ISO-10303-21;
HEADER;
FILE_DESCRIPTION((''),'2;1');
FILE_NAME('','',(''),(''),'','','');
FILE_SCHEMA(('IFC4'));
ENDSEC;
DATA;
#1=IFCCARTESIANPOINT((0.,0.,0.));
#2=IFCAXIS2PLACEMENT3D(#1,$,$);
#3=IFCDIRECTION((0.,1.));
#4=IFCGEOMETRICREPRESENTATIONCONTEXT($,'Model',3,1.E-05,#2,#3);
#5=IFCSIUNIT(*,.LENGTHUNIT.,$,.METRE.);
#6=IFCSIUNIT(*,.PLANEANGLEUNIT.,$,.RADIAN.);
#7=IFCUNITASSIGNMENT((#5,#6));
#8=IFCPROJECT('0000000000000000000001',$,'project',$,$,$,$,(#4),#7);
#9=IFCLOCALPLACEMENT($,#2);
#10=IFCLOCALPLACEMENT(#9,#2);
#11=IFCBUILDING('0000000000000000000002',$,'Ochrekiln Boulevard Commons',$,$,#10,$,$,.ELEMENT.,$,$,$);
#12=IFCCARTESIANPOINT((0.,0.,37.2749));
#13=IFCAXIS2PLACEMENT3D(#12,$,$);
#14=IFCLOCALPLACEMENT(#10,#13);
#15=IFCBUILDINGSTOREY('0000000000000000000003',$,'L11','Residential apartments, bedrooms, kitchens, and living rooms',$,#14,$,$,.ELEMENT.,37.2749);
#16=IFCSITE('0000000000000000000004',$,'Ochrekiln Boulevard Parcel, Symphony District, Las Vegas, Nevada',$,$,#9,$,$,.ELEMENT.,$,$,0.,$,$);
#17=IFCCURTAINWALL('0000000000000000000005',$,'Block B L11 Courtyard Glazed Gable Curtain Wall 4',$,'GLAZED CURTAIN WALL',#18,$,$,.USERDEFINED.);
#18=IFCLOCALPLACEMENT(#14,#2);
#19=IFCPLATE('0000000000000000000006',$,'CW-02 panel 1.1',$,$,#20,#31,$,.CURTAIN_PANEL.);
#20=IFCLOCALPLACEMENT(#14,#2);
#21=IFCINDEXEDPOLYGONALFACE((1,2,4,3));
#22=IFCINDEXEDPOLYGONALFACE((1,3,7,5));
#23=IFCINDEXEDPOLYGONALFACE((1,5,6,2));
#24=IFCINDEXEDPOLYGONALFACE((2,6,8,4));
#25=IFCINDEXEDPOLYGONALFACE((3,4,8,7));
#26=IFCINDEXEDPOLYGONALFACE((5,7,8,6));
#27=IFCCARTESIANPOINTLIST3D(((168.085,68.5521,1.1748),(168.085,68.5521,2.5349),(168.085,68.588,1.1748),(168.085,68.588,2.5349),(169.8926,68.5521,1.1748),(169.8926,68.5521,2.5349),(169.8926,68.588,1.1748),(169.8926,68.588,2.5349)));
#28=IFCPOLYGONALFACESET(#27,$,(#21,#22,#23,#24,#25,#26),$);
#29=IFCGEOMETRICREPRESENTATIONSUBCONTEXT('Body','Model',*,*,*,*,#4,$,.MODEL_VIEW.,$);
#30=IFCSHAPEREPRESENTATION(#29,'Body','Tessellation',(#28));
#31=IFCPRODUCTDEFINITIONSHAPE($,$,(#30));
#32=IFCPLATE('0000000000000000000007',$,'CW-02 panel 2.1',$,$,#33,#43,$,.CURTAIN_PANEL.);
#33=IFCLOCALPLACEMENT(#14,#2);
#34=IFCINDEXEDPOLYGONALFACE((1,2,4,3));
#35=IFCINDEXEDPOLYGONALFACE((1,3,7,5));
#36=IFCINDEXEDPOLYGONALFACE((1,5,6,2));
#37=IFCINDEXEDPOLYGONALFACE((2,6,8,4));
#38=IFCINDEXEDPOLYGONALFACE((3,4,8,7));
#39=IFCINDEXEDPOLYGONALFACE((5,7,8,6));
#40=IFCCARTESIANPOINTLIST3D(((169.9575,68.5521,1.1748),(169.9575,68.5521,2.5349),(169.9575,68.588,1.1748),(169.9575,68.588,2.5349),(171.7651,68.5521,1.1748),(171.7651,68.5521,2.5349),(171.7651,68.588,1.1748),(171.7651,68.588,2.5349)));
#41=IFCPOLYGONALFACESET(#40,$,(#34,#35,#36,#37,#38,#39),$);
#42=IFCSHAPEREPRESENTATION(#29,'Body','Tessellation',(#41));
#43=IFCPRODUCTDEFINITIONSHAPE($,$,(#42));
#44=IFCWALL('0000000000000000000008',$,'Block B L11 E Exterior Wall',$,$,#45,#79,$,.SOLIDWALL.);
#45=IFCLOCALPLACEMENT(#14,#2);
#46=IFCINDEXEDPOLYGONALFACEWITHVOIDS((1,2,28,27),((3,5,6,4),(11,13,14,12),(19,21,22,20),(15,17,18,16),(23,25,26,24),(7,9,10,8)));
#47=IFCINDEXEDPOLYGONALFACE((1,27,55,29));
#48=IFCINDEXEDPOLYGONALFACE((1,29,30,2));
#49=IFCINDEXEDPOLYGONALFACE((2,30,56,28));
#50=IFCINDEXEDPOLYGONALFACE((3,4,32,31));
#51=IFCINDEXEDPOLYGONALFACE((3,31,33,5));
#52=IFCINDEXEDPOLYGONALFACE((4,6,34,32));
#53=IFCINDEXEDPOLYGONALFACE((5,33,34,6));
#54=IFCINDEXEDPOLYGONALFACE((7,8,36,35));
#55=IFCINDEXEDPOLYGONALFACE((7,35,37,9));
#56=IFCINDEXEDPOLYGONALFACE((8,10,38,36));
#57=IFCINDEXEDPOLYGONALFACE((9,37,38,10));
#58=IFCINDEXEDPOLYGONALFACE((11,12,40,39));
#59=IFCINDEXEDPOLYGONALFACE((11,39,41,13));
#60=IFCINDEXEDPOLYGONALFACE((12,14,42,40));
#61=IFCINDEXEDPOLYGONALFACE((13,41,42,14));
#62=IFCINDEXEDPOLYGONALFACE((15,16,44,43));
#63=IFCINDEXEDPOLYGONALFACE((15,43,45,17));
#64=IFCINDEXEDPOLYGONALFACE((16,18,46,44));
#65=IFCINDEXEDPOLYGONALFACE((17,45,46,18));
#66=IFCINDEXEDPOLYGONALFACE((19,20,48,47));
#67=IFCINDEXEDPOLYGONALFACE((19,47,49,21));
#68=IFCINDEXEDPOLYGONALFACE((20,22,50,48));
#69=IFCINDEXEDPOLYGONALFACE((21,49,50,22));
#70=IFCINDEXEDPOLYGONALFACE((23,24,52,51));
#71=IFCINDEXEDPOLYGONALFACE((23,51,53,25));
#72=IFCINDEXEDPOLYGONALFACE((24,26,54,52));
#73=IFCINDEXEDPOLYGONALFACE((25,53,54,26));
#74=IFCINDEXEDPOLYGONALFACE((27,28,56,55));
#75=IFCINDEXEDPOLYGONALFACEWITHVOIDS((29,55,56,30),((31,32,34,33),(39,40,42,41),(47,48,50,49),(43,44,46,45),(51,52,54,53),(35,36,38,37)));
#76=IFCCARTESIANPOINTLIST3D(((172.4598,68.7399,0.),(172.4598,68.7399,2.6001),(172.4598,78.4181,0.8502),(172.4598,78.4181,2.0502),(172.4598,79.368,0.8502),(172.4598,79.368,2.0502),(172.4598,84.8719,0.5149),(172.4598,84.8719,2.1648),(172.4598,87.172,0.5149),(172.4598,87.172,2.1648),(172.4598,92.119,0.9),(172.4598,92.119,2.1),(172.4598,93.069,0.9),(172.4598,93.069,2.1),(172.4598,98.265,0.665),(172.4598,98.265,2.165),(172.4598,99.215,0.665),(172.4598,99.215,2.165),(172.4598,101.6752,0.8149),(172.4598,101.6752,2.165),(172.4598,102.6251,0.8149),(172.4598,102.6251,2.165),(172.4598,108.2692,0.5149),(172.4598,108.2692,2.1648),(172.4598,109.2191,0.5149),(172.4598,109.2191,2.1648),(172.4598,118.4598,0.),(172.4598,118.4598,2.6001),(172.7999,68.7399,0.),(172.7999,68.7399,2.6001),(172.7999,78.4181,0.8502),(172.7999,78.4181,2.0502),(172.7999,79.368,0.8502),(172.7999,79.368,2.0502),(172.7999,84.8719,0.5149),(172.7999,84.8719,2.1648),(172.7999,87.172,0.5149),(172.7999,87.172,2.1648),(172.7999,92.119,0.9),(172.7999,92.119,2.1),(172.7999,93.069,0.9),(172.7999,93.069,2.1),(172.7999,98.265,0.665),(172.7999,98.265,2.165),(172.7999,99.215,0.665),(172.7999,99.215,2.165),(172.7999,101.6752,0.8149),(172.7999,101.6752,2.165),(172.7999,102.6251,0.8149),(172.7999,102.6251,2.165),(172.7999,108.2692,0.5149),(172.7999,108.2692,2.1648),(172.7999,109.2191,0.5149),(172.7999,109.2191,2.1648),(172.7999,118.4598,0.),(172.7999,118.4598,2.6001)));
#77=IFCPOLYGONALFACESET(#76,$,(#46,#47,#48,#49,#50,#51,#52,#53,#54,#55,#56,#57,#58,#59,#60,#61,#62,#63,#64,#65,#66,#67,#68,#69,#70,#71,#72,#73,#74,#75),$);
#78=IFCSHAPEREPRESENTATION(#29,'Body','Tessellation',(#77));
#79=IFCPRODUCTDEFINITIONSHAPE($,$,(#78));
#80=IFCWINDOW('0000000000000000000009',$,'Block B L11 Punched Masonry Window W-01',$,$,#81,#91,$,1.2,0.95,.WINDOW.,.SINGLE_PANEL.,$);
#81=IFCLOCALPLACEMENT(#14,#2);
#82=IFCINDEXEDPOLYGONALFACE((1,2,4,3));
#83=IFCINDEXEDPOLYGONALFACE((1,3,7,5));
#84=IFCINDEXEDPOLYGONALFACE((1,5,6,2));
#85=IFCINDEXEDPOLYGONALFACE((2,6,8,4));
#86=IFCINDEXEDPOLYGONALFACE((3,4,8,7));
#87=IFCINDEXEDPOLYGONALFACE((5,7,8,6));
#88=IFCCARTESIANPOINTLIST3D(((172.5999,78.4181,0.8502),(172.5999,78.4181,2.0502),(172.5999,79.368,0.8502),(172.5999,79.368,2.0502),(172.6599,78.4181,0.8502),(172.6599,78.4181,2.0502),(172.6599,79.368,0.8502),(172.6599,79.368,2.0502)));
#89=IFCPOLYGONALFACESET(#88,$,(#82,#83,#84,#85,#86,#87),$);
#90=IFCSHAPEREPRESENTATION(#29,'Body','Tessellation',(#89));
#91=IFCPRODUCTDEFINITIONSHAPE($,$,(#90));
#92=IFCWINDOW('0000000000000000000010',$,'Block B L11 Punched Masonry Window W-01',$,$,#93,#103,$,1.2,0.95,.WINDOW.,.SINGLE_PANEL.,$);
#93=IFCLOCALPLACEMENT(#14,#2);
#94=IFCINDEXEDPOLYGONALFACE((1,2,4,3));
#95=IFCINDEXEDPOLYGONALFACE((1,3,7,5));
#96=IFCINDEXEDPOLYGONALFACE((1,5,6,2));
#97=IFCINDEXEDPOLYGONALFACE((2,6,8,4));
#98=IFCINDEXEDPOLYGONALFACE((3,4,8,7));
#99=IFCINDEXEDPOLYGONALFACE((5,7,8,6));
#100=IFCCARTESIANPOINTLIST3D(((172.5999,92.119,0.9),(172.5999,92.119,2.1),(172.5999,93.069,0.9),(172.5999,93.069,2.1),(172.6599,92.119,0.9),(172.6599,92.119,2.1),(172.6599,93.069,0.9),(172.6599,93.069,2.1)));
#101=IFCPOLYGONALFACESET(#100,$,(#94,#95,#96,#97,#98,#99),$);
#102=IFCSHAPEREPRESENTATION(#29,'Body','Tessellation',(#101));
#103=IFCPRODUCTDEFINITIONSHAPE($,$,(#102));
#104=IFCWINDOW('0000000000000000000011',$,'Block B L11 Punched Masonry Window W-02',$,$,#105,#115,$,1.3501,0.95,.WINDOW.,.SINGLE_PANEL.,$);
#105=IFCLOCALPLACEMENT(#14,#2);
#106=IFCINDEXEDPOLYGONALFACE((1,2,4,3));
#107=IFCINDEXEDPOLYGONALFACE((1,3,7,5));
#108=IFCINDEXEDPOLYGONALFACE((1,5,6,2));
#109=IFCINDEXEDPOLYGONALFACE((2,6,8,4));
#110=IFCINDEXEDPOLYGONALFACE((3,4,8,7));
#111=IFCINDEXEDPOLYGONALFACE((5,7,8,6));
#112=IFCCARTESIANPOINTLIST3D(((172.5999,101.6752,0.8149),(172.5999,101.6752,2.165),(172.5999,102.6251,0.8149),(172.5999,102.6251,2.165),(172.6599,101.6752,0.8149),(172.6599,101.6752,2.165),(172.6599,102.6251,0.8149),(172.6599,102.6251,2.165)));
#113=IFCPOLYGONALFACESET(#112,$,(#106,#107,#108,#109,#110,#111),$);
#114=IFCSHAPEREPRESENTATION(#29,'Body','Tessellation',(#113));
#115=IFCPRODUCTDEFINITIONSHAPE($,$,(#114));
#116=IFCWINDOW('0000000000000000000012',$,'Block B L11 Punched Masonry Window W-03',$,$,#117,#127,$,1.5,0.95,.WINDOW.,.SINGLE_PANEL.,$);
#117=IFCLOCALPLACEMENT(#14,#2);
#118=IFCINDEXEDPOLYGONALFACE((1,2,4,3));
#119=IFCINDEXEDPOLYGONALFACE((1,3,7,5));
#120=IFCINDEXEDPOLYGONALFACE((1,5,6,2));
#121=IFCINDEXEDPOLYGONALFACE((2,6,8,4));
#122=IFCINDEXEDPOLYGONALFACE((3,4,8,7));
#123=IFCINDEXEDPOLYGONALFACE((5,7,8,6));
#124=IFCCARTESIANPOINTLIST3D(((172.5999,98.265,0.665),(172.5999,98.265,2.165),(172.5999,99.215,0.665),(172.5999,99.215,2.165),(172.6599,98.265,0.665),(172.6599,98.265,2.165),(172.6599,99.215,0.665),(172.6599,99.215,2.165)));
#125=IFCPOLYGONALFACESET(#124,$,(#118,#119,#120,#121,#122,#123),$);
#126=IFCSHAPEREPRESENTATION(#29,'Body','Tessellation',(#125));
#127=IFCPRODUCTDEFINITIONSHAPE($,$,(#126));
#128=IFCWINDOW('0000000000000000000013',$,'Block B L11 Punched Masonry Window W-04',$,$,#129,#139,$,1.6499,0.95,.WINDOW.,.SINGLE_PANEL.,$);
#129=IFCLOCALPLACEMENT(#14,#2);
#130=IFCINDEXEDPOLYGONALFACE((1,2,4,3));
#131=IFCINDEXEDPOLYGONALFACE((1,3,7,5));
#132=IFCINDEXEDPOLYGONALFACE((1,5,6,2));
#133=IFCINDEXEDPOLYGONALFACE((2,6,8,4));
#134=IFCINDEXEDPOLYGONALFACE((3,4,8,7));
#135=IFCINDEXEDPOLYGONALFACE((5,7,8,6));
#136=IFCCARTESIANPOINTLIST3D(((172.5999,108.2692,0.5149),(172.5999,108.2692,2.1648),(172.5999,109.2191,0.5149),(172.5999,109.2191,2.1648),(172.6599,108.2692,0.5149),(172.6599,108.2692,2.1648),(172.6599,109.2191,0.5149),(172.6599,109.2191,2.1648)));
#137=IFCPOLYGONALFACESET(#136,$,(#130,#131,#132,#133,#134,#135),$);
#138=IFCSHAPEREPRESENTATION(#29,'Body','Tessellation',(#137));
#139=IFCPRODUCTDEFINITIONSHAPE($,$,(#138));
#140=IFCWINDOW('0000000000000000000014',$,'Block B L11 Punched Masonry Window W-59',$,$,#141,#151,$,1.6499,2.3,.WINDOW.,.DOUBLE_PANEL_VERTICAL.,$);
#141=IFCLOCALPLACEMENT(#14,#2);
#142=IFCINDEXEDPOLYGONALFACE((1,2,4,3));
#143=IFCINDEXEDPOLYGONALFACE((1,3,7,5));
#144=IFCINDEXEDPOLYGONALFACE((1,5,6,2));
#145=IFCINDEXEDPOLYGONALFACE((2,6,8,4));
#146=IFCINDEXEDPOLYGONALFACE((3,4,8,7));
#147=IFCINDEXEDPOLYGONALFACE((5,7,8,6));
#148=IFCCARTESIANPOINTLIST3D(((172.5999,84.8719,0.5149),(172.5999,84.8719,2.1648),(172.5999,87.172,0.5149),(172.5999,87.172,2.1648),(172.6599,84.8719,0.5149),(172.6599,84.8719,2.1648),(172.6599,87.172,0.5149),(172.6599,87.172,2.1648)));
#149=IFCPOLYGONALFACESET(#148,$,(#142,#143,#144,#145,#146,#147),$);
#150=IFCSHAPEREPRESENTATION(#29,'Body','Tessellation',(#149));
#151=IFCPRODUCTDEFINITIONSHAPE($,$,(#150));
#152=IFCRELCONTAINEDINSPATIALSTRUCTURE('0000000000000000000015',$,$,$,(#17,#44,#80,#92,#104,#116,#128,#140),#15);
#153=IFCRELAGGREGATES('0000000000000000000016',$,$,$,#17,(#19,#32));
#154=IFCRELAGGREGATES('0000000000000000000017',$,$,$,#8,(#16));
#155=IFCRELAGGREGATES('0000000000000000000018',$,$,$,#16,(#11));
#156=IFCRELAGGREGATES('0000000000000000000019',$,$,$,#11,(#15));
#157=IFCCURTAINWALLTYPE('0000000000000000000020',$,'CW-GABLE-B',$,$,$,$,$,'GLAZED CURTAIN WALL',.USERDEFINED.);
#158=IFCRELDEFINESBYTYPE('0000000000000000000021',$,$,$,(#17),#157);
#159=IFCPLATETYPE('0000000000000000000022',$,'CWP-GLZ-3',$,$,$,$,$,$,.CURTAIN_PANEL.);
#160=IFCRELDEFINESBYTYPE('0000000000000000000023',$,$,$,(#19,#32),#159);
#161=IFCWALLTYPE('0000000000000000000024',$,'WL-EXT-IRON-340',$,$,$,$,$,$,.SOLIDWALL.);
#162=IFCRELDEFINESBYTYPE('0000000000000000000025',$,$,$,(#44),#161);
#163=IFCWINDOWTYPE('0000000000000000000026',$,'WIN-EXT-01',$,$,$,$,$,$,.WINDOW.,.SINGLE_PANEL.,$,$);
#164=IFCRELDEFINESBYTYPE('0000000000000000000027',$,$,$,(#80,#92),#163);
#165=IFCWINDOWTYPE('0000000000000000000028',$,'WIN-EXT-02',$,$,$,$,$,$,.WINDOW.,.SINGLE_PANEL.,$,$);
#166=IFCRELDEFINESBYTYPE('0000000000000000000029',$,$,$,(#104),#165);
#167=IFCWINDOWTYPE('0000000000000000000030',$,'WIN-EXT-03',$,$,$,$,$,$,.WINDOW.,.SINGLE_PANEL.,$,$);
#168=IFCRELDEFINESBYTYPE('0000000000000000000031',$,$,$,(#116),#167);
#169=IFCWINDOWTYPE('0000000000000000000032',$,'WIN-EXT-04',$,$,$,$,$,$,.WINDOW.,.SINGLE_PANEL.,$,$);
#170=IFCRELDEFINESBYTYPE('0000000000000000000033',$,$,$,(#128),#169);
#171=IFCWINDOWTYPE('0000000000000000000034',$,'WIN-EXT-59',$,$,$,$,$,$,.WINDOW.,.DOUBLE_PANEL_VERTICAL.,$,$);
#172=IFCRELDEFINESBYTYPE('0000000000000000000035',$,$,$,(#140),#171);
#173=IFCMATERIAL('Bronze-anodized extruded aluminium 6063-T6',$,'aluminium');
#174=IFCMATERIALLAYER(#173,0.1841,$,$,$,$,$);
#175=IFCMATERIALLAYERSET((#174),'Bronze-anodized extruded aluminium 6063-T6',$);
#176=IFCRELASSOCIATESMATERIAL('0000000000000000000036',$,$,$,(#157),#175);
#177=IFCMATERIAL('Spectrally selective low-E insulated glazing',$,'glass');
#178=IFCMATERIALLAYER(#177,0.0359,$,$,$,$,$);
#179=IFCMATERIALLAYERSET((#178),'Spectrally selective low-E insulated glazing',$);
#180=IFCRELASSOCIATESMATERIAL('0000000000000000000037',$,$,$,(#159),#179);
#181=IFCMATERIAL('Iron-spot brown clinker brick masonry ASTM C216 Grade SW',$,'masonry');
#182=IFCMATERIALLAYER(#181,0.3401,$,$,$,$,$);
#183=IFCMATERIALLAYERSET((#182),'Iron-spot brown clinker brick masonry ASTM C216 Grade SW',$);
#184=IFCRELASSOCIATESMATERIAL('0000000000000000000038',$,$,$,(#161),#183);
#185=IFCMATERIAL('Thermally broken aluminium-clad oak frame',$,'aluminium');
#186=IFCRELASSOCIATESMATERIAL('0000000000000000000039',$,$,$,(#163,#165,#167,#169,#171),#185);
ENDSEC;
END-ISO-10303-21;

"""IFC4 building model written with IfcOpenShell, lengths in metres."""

from ifc_helpers import new_model, si_unit, direction, frame, frame_2d, origin, origin_2d, place, context, subcontext, project, spatial, rectangle, extrude, material, layer, layer_set, type_object, element, fill, aggregate, save


model = new_model("IFC4")

# Units and contexts
model_context = context("Model", 3, precision=1e-05, world=origin(), true_north=direction((0.0, 1.0)))
body_context = subcontext(model_context, "Body", "Model", "MODEL_VIEW")
ifc_project = project(units=[si_unit("LENGTHUNIT", "METRE"), si_unit("PLANEANGLEUNIT", "RADIAN")], contexts=[model_context])

# Site, building, storey
site_placement = place(None, origin())
site = spatial("IfcSite", under=ifc_project, at=site_placement, Name="Ochrekiln Boulevard Parcel, Symphony District, Las Vegas, Nevada", CompositionType="ELEMENT", RefElevation=0.0)
building_placement = place(site_placement, origin())
building = spatial("IfcBuilding", under=site, at=building_placement, Name="Ochrekiln Boulevard Commons", CompositionType="ELEMENT")
storey_placement = place(building_placement, frame((0.0, 0.0, 37.2749)))
storey = spatial("IfcBuildingStorey", under=building, at=storey_placement, Name="L11", Description="Residential apartments, bedrooms, kitchens, and living rooms", CompositionType="ELEMENT", Elevation=37.2749)

# Shared definitions
ifc_material_1 = material(Name="Bronze-anodized extruded aluminium 6063-T6", Category="aluminium")
ifc_layer_1 = layer(ifc_material_1, 0.1841)
ifc_layer_set_1 = layer_set([ifc_layer_1], Name="Bronze-anodized extruded aluminium 6063-T6")
curtain_wall_type = type_object("IfcCurtainWallType", Name="CW-GABLE-B", ElementType="GLAZED CURTAIN WALL", PredefinedType="USERDEFINED", material=ifc_layer_set_1)

# Curtain wall
curtain_wall_1_placement = place(storey_placement, origin())
curtain_wall_1 = element("IfcCurtainWall", 1, at=curtain_wall_1_placement, inside=storey, type_object=curtain_wall_type, Name="Block B L11 Courtyard Glazed Gable Curtain Wall 4", ObjectType="GLAZED CURTAIN WALL", PredefinedType="USERDEFINED")

# Plates
ifc_material_2 = material(Name="Spectrally selective low-E insulated glazing", Category="glass")
ifc_layer_2 = layer(ifc_material_2, 0.0359)
ifc_layer_set_2 = layer_set([ifc_layer_2], Name="Spectrally selective low-E insulated glazing")
plate_type_1 = type_object("IfcPlateType", Name="CWP-GLZ-3", PredefinedType="CURTAIN_PANEL", material=ifc_layer_set_2)
plate_1_placement = place(storey_placement, frame((168.9888, 68.5701, 1.1748), z_axis=(0.0, 0.0, 1.0), x_axis=(1.0, 0.0, 0.0)))
plate_1 = element("IfcPlate", 2, at=plate_1_placement, type_object=plate_type_1, Name="CW-02 panel 1.1", PredefinedType="CURTAIN_PANEL", context=body_context, shape_type="SweptSolid", body=[
    extrude(rectangle(XDim=1.8076, YDim=0.0359, at=origin_2d()), origin(), (0.0, 0.0, 1.0), 1.3601),
])
plate_2_placement = place(storey_placement, frame((170.8613, 68.5701, 1.1748), z_axis=(0.0, 0.0, 1.0), x_axis=(1.0, 0.0, 0.0)))
plate_2 = element("IfcPlate", 3, at=plate_2_placement, type_object=plate_type_1, Name="CW-02 panel 2.1", PredefinedType="CURTAIN_PANEL", context=body_context, shape_type="SweptSolid", body=[
    extrude(rectangle(XDim=1.8076, YDim=0.0359, at=origin_2d()), origin(), (0.0, 0.0, 1.0), 1.3601),
])
aggregate(curtain_wall_1, [plate_1, plate_2])

# Wall, openings, windows
ifc_material_3 = material(Name="Iron-spot brown clinker brick masonry ASTM C216 Grade SW", Category="masonry")
ifc_layer_3 = layer(ifc_material_3, 0.3401)
ifc_layer_set_3 = layer_set([ifc_layer_3], Name="Iron-spot brown clinker brick masonry ASTM C216 Grade SW")
wall_type = type_object("IfcWallType", Name="WL-EXT-IRON-340", PredefinedType="SOLIDWALL", material=ifc_layer_set_3)
wall_placement = place(storey_placement, frame((172.6299, 68.74, 0.0), z_axis=(0.0, 0.0, 1.0), x_axis=(0.0, 1.0, 0.0)))
wall = element("IfcWall", 4, at=wall_placement, inside=storey, type_object=wall_type, Name="Block B L11 E Exterior Wall", PredefinedType="SOLIDWALL", context=body_context, shape_type="SweptSolid", body=[
    extrude(rectangle(XDim=49.72, YDim=0.3401, at=frame_2d((24.8599, 0.0))), origin(), (0.0, 0.0, 1.0), 2.6001),
])
opening_1_placement = place(wall_placement, frame((16.1321, 0.0, 0.5149)))
opening_1 = element("IfcOpeningElement", 5, at=opening_1_placement, cuts=wall, PredefinedType="OPENING", context=body_context, shape_type="SweptSolid", body=[
    extrude(rectangle(XDim=2.3, YDim=1.6499, at=frame_2d((1.1499, 0.825))), frame((0.0, 0.1799, 0.0), z_axis=(0.0, -1.0, 0.0), x_axis=(1.0, 0.0, 0.0)), (0.0, 0.0, 1.0), 0.3601),
])
opening_2_placement = place(wall_placement, frame((9.678, 0.0, 0.8501)))
opening_2 = element("IfcOpeningElement", 6, at=opening_2_placement, cuts=wall, PredefinedType="OPENING", context=body_context, shape_type="SweptSolid", body=[
    extrude(rectangle(XDim=0.95, YDim=1.2, at=frame_2d((0.4751, 0.6001))), frame((0.0, 0.1799, 0.0), z_axis=(0.0, -1.0, 0.0), x_axis=(1.0, 0.0, 0.0)), (0.0, 0.0, 1.0), 0.3601),
])
opening_3_placement = place(wall_placement, frame((23.3789, 0.0, 0.8999)))
opening_3 = element("IfcOpeningElement", 7, at=opening_3_placement, cuts=wall, PredefinedType="OPENING", context=body_context, shape_type="SweptSolid", body=[
    extrude(rectangle(XDim=0.95, YDim=1.2, at=frame_2d((0.4751, 0.6001))), frame((0.0, 0.1799, 0.0), z_axis=(0.0, -1.0, 0.0), x_axis=(1.0, 0.0, 0.0)), (0.0, 0.0, 1.0), 0.3601),
])
opening_4_placement = place(wall_placement, frame((32.9351, 0.0, 0.8149)))
opening_4 = element("IfcOpeningElement", 8, at=opening_4_placement, cuts=wall, PredefinedType="OPENING", context=body_context, shape_type="SweptSolid", body=[
    extrude(rectangle(XDim=0.95, YDim=1.3501, at=frame_2d((0.4751, 0.675))), frame((0.0, 0.1799, 0.0), z_axis=(0.0, -1.0, 0.0), x_axis=(1.0, 0.0, 0.0)), (0.0, 0.0, 1.0), 0.3601),
])
opening_5_placement = place(wall_placement, frame((29.5249, 0.0, 0.665)))
opening_5 = element("IfcOpeningElement", 9, at=opening_5_placement, cuts=wall, PredefinedType="OPENING", context=body_context, shape_type="SweptSolid", body=[
    extrude(rectangle(XDim=0.95, YDim=1.5, at=frame_2d((0.4751, 0.75))), frame((0.0, 0.1799, 0.0), z_axis=(0.0, -1.0, 0.0), x_axis=(1.0, 0.0, 0.0)), (0.0, 0.0, 1.0), 0.3601),
])
opening_6_placement = place(wall_placement, frame((39.5291, 0.0, 0.5149)))
opening_6 = element("IfcOpeningElement", 10, at=opening_6_placement, cuts=wall, PredefinedType="OPENING", context=body_context, shape_type="SweptSolid", body=[
    extrude(rectangle(XDim=0.95, YDim=1.6499, at=frame_2d((0.4751, 0.825))), frame((0.0, 0.1799, 0.0), z_axis=(0.0, -1.0, 0.0), x_axis=(1.0, 0.0, 0.0)), (0.0, 0.0, 1.0), 0.3601),
])
ifc_material_4 = material(Name="Thermally broken aluminium-clad oak frame", Category="aluminium")
window_type_1 = type_object("IfcWindowType", Name="WIN-EXT-01", PartitioningType="SINGLE_PANEL", PredefinedType="WINDOW", material=ifc_material_4)
window_1_placement = place(opening_2_placement, origin())
window_1 = element("IfcWindow", 11, at=window_1_placement, inside=storey, type_object=window_type_1, Name="Block B L11 Punched Masonry Window W-01", OverallHeight=1.2, OverallWidth=0.95, PartitioningType="SINGLE_PANEL", PredefinedType="WINDOW", context=body_context, shape_type="SweptSolid", body=[
    extrude(rectangle(XDim=0.95, YDim=1.2, at=frame_2d((0.4751, 0.6001))), frame((0.0, 0.03, 0.0), z_axis=(0.0, -1.0, 0.0), x_axis=(1.0, 0.0, 0.0)), (0.0, 0.0, 1.0), 0.0601),
])
fill(opening_2, window_1)
window_2_placement = place(opening_3_placement, origin())
window_2 = element("IfcWindow", 12, at=window_2_placement, inside=storey, type_object=window_type_1, Name="Block B L11 Punched Masonry Window W-01", OverallHeight=1.2, OverallWidth=0.95, PartitioningType="SINGLE_PANEL", PredefinedType="WINDOW", context=body_context, shape_type="SweptSolid", body=[
    extrude(rectangle(XDim=0.95, YDim=1.2, at=frame_2d((0.4751, 0.6001))), frame((0.0, 0.03, 0.0), z_axis=(0.0, -1.0, 0.0), x_axis=(1.0, 0.0, 0.0)), (0.0, 0.0, 1.0), 0.0601),
])
fill(opening_3, window_2)
window_type_2 = type_object("IfcWindowType", Name="WIN-EXT-02", PartitioningType="SINGLE_PANEL", PredefinedType="WINDOW", material=ifc_material_4)
window_3_placement = place(opening_4_placement, origin())
window_3 = element("IfcWindow", 13, at=window_3_placement, inside=storey, type_object=window_type_2, Name="Block B L11 Punched Masonry Window W-02", OverallHeight=1.3501, OverallWidth=0.95, PartitioningType="SINGLE_PANEL", PredefinedType="WINDOW", context=body_context, shape_type="SweptSolid", body=[
    extrude(rectangle(XDim=0.95, YDim=1.3501, at=frame_2d((0.4751, 0.675))), frame((0.0, 0.03, 0.0), z_axis=(0.0, -1.0, 0.0), x_axis=(1.0, 0.0, 0.0)), (0.0, 0.0, 1.0), 0.0601),
])
fill(opening_4, window_3)
window_type_3 = type_object("IfcWindowType", Name="WIN-EXT-03", PartitioningType="SINGLE_PANEL", PredefinedType="WINDOW", material=ifc_material_4)
window_4_placement = place(opening_5_placement, origin())
window_4 = element("IfcWindow", 14, at=window_4_placement, inside=storey, type_object=window_type_3, Name="Block B L11 Punched Masonry Window W-03", OverallHeight=1.5, OverallWidth=0.95, PartitioningType="SINGLE_PANEL", PredefinedType="WINDOW", context=body_context, shape_type="SweptSolid", body=[
    extrude(rectangle(XDim=0.95, YDim=1.5, at=frame_2d((0.4751, 0.75))), frame((0.0, 0.03, 0.0), z_axis=(0.0, -1.0, 0.0), x_axis=(1.0, 0.0, 0.0)), (0.0, 0.0, 1.0), 0.0601),
])
fill(opening_5, window_4)
window_type_4 = type_object("IfcWindowType", Name="WIN-EXT-04", PartitioningType="SINGLE_PANEL", PredefinedType="WINDOW", material=ifc_material_4)
window_5_placement = place(opening_6_placement, origin())
window_5 = element("IfcWindow", 15, at=window_5_placement, inside=storey, type_object=window_type_4, Name="Block B L11 Punched Masonry Window W-04", OverallHeight=1.6499, OverallWidth=0.95, PartitioningType="SINGLE_PANEL", PredefinedType="WINDOW", context=body_context, shape_type="SweptSolid", body=[
    extrude(rectangle(XDim=0.95, YDim=1.6499, at=frame_2d((0.4751, 0.825))), frame((0.0, 0.03, 0.0), z_axis=(0.0, -1.0, 0.0), x_axis=(1.0, 0.0, 0.0)), (0.0, 0.0, 1.0), 0.0601),
])
fill(opening_6, window_5)
window_type_5 = type_object("IfcWindowType", Name="WIN-EXT-59", PartitioningType="DOUBLE_PANEL_VERTICAL", PredefinedType="WINDOW", material=ifc_material_4)
window_6_placement = place(opening_1_placement, origin())
window_6 = element("IfcWindow", 16, at=window_6_placement, inside=storey, type_object=window_type_5, Name="Block B L11 Punched Masonry Window W-59", OverallHeight=1.6499, OverallWidth=2.3, PartitioningType="DOUBLE_PANEL_VERTICAL", PredefinedType="WINDOW", context=body_context, shape_type="SweptSolid", body=[
    extrude(rectangle(XDim=2.3, YDim=1.6499, at=frame_2d((1.1499, 0.825))), frame((0.0, 0.03, 0.0), z_axis=(0.0, -1.0, 0.0), x_axis=(1.0, 0.0, 0.0)), (0.0, 0.0, 1.0), 0.0601),
])
fill(opening_1, window_6)

save(model, "model.ifc")
